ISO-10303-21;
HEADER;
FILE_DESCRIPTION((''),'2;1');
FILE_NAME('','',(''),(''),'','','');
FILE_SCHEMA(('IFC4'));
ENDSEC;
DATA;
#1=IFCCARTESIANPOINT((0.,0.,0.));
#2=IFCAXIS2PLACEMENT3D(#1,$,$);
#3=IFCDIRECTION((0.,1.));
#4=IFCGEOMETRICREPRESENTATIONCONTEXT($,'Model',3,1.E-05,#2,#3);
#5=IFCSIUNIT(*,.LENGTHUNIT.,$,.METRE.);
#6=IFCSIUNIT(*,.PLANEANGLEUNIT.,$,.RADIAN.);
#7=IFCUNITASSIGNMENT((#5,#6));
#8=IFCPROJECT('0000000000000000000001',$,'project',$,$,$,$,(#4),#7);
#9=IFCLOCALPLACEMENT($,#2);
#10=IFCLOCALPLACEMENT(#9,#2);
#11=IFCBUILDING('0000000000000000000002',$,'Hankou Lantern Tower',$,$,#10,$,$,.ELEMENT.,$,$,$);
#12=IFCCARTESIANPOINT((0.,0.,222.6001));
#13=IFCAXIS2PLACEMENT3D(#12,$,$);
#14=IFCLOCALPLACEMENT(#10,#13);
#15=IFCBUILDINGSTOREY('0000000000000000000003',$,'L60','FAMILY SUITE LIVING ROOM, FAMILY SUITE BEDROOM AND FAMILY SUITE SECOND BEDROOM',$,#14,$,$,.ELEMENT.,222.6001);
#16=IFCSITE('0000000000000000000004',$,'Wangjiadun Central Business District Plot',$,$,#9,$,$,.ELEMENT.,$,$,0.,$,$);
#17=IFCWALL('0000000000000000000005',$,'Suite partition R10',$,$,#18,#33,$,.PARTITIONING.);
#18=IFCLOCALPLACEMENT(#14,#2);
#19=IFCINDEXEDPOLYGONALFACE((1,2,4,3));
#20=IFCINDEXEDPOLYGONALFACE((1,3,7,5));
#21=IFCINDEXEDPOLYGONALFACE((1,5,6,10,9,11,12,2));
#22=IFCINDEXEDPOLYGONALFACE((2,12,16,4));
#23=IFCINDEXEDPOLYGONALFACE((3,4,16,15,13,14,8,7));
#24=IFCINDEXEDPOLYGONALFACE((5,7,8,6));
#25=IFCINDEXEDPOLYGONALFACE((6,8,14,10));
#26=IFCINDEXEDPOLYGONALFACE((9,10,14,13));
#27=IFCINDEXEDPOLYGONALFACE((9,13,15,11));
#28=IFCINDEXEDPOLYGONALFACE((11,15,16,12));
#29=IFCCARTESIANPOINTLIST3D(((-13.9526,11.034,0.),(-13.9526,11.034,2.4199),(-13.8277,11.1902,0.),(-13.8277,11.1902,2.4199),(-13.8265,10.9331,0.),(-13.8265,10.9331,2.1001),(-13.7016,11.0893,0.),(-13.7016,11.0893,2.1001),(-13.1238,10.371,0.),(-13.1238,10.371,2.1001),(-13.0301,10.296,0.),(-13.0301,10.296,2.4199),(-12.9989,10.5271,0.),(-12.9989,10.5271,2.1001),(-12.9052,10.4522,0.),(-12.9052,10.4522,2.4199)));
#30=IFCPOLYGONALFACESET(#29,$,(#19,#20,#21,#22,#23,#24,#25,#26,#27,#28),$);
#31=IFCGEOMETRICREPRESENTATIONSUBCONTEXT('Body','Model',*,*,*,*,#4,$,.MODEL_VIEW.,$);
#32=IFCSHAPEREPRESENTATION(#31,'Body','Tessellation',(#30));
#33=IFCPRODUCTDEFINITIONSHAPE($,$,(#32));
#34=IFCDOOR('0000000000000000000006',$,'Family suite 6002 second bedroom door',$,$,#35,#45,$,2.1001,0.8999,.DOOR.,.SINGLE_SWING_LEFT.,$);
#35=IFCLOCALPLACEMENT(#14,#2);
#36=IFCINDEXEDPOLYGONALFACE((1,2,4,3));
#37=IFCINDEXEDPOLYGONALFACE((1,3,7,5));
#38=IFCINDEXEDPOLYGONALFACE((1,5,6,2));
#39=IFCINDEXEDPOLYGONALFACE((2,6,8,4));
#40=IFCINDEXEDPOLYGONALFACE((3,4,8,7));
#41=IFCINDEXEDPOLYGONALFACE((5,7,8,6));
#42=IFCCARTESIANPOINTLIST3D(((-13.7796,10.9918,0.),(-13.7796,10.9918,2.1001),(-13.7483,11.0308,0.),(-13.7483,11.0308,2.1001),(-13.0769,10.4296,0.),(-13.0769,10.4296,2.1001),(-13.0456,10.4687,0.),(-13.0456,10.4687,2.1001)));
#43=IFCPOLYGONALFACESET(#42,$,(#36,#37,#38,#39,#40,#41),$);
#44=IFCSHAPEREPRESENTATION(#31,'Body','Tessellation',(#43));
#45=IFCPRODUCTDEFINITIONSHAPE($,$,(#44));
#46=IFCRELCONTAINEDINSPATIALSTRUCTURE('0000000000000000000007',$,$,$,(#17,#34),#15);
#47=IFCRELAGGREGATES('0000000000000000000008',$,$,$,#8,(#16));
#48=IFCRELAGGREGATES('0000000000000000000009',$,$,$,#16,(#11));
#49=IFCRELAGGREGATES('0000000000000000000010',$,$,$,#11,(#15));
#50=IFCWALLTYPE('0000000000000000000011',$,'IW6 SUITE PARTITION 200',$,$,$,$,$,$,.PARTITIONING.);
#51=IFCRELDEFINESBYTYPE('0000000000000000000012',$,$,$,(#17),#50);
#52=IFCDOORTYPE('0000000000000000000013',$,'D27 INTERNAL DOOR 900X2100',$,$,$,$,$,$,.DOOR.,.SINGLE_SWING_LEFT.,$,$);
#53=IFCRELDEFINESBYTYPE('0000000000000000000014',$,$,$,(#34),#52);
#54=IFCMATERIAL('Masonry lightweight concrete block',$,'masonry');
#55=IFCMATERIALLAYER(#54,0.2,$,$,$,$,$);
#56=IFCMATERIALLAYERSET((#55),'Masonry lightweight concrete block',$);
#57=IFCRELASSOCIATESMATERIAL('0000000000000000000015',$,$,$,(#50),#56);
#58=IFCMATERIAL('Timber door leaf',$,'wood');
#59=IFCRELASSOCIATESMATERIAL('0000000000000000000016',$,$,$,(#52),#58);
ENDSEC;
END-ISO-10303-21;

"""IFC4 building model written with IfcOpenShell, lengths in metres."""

from ifc_helpers import new_model, si_unit, direction, frame, frame_2d, origin, place, context, subcontext, project, spatial, rectangle, extrude, material, layer, layer_set, type_object, element, fill, save


model = new_model("IFC4")

# Units and contexts
model_context = context("Model", 3, precision=1e-05, world=origin(), true_north=direction((0.0, 1.0)))
body_context = subcontext(model_context, "Body", "Model", "MODEL_VIEW")
ifc_project = project(units=[si_unit("LENGTHUNIT", "METRE"), si_unit("PLANEANGLEUNIT", "RADIAN")], contexts=[model_context])

# Site, building, storey
site_placement = place(None, origin())
site = spatial("IfcSite", under=ifc_project, at=site_placement, Name="Wangjiadun Central Business District Plot", CompositionType="ELEMENT", RefElevation=0.0)
building_placement = place(site_placement, origin())
building = spatial("IfcBuilding", under=site, at=building_placement, Name="Hankou Lantern Tower", CompositionType="ELEMENT")
storey_placement = place(building_placement, frame((0.0, 0.0, 222.6001)))
storey = spatial("IfcBuildingStorey", under=building, at=storey_placement, Name="L60", Description="FAMILY SUITE LIVING ROOM, FAMILY SUITE BEDROOM AND FAMILY SUITE SECOND BEDROOM", CompositionType="ELEMENT", Elevation=222.6001)

# Shared definitions
ifc_material_1 = material(Name="Masonry lightweight concrete block", Category="masonry")
ifc_layer_1 = layer(ifc_material_1, 0.2)
ifc_layer_set_1 = layer_set([ifc_layer_1], Name="Masonry lightweight concrete block")
wall_type_1 = type_object("IfcWallType", Name="IW6 SUITE PARTITION 200", PredefinedType="PARTITIONING", material=ifc_layer_set_1)

# Wall, opening, door
wall_1_placement = place(storey_placement, frame((-12.9675, 10.374, 0.0), z_axis=(0.0, 0.0, 1.0), x_axis=(-0.780889, 0.62467, 0.0)))
wall_1 = element("IfcWall", 1, at=wall_1_placement, inside=storey, type_object=wall_type_1, Name="Suite partition R10", PredefinedType="PARTITIONING", context=body_context, shape_type="SweptSolid", body=[
    extrude(rectangle(XDim=1.1814, YDim=0.2, at=frame_2d((0.5908, 0.0))), origin(), (0.0, 0.0, 1.0), 2.4199),
])
opening_1_placement = place(wall_1_placement, frame((0.1201, 0.0, 0.0)))
opening_1 = element("IfcOpeningElement", 2, at=opening_1_placement, cuts=wall_1, PredefinedType="OPENING", context=body_context, shape_type="SweptSolid", body=[
    extrude(rectangle(XDim=0.8999, YDim=2.1001, at=frame_2d((0.45, 1.05))), frame((0.0, 0.1099, 0.0), z_axis=(0.0, -1.0, 0.0), x_axis=(1.0, 0.0, 0.0)), (0.0, 0.0, 1.0), 0.22),
])
ifc_material_2 = material(Name="Timber door leaf", Category="wood")
door_type_1 = type_object("IfcDoorType", Name="D27 INTERNAL DOOR 900X2100", OperationType="SINGLE_SWING_LEFT", PredefinedType="DOOR", material=ifc_material_2)
door_1_placement = place(opening_1_placement, origin())
door_1 = element("IfcDoor", 3, at=door_1_placement, inside=storey, type_object=door_type_1, Name="Family suite 6002 second bedroom door", OperationType="SINGLE_SWING_LEFT", OverallHeight=2.1001, OverallWidth=0.8999, PredefinedType="DOOR", context=body_context, shape_type="SweptSolid", body=[
    extrude(rectangle(XDim=0.8999, YDim=2.1001, at=frame_2d((0.45, 1.05))), frame((0.0, 0.0249, 0.0), z_axis=(0.0, -1.0, 0.0), x_axis=(1.0, 0.0, 0.0)), (0.0, 0.0, 1.0), 0.05),
])
fill(opening_1, door_1)

save(model, "model.ifc")
